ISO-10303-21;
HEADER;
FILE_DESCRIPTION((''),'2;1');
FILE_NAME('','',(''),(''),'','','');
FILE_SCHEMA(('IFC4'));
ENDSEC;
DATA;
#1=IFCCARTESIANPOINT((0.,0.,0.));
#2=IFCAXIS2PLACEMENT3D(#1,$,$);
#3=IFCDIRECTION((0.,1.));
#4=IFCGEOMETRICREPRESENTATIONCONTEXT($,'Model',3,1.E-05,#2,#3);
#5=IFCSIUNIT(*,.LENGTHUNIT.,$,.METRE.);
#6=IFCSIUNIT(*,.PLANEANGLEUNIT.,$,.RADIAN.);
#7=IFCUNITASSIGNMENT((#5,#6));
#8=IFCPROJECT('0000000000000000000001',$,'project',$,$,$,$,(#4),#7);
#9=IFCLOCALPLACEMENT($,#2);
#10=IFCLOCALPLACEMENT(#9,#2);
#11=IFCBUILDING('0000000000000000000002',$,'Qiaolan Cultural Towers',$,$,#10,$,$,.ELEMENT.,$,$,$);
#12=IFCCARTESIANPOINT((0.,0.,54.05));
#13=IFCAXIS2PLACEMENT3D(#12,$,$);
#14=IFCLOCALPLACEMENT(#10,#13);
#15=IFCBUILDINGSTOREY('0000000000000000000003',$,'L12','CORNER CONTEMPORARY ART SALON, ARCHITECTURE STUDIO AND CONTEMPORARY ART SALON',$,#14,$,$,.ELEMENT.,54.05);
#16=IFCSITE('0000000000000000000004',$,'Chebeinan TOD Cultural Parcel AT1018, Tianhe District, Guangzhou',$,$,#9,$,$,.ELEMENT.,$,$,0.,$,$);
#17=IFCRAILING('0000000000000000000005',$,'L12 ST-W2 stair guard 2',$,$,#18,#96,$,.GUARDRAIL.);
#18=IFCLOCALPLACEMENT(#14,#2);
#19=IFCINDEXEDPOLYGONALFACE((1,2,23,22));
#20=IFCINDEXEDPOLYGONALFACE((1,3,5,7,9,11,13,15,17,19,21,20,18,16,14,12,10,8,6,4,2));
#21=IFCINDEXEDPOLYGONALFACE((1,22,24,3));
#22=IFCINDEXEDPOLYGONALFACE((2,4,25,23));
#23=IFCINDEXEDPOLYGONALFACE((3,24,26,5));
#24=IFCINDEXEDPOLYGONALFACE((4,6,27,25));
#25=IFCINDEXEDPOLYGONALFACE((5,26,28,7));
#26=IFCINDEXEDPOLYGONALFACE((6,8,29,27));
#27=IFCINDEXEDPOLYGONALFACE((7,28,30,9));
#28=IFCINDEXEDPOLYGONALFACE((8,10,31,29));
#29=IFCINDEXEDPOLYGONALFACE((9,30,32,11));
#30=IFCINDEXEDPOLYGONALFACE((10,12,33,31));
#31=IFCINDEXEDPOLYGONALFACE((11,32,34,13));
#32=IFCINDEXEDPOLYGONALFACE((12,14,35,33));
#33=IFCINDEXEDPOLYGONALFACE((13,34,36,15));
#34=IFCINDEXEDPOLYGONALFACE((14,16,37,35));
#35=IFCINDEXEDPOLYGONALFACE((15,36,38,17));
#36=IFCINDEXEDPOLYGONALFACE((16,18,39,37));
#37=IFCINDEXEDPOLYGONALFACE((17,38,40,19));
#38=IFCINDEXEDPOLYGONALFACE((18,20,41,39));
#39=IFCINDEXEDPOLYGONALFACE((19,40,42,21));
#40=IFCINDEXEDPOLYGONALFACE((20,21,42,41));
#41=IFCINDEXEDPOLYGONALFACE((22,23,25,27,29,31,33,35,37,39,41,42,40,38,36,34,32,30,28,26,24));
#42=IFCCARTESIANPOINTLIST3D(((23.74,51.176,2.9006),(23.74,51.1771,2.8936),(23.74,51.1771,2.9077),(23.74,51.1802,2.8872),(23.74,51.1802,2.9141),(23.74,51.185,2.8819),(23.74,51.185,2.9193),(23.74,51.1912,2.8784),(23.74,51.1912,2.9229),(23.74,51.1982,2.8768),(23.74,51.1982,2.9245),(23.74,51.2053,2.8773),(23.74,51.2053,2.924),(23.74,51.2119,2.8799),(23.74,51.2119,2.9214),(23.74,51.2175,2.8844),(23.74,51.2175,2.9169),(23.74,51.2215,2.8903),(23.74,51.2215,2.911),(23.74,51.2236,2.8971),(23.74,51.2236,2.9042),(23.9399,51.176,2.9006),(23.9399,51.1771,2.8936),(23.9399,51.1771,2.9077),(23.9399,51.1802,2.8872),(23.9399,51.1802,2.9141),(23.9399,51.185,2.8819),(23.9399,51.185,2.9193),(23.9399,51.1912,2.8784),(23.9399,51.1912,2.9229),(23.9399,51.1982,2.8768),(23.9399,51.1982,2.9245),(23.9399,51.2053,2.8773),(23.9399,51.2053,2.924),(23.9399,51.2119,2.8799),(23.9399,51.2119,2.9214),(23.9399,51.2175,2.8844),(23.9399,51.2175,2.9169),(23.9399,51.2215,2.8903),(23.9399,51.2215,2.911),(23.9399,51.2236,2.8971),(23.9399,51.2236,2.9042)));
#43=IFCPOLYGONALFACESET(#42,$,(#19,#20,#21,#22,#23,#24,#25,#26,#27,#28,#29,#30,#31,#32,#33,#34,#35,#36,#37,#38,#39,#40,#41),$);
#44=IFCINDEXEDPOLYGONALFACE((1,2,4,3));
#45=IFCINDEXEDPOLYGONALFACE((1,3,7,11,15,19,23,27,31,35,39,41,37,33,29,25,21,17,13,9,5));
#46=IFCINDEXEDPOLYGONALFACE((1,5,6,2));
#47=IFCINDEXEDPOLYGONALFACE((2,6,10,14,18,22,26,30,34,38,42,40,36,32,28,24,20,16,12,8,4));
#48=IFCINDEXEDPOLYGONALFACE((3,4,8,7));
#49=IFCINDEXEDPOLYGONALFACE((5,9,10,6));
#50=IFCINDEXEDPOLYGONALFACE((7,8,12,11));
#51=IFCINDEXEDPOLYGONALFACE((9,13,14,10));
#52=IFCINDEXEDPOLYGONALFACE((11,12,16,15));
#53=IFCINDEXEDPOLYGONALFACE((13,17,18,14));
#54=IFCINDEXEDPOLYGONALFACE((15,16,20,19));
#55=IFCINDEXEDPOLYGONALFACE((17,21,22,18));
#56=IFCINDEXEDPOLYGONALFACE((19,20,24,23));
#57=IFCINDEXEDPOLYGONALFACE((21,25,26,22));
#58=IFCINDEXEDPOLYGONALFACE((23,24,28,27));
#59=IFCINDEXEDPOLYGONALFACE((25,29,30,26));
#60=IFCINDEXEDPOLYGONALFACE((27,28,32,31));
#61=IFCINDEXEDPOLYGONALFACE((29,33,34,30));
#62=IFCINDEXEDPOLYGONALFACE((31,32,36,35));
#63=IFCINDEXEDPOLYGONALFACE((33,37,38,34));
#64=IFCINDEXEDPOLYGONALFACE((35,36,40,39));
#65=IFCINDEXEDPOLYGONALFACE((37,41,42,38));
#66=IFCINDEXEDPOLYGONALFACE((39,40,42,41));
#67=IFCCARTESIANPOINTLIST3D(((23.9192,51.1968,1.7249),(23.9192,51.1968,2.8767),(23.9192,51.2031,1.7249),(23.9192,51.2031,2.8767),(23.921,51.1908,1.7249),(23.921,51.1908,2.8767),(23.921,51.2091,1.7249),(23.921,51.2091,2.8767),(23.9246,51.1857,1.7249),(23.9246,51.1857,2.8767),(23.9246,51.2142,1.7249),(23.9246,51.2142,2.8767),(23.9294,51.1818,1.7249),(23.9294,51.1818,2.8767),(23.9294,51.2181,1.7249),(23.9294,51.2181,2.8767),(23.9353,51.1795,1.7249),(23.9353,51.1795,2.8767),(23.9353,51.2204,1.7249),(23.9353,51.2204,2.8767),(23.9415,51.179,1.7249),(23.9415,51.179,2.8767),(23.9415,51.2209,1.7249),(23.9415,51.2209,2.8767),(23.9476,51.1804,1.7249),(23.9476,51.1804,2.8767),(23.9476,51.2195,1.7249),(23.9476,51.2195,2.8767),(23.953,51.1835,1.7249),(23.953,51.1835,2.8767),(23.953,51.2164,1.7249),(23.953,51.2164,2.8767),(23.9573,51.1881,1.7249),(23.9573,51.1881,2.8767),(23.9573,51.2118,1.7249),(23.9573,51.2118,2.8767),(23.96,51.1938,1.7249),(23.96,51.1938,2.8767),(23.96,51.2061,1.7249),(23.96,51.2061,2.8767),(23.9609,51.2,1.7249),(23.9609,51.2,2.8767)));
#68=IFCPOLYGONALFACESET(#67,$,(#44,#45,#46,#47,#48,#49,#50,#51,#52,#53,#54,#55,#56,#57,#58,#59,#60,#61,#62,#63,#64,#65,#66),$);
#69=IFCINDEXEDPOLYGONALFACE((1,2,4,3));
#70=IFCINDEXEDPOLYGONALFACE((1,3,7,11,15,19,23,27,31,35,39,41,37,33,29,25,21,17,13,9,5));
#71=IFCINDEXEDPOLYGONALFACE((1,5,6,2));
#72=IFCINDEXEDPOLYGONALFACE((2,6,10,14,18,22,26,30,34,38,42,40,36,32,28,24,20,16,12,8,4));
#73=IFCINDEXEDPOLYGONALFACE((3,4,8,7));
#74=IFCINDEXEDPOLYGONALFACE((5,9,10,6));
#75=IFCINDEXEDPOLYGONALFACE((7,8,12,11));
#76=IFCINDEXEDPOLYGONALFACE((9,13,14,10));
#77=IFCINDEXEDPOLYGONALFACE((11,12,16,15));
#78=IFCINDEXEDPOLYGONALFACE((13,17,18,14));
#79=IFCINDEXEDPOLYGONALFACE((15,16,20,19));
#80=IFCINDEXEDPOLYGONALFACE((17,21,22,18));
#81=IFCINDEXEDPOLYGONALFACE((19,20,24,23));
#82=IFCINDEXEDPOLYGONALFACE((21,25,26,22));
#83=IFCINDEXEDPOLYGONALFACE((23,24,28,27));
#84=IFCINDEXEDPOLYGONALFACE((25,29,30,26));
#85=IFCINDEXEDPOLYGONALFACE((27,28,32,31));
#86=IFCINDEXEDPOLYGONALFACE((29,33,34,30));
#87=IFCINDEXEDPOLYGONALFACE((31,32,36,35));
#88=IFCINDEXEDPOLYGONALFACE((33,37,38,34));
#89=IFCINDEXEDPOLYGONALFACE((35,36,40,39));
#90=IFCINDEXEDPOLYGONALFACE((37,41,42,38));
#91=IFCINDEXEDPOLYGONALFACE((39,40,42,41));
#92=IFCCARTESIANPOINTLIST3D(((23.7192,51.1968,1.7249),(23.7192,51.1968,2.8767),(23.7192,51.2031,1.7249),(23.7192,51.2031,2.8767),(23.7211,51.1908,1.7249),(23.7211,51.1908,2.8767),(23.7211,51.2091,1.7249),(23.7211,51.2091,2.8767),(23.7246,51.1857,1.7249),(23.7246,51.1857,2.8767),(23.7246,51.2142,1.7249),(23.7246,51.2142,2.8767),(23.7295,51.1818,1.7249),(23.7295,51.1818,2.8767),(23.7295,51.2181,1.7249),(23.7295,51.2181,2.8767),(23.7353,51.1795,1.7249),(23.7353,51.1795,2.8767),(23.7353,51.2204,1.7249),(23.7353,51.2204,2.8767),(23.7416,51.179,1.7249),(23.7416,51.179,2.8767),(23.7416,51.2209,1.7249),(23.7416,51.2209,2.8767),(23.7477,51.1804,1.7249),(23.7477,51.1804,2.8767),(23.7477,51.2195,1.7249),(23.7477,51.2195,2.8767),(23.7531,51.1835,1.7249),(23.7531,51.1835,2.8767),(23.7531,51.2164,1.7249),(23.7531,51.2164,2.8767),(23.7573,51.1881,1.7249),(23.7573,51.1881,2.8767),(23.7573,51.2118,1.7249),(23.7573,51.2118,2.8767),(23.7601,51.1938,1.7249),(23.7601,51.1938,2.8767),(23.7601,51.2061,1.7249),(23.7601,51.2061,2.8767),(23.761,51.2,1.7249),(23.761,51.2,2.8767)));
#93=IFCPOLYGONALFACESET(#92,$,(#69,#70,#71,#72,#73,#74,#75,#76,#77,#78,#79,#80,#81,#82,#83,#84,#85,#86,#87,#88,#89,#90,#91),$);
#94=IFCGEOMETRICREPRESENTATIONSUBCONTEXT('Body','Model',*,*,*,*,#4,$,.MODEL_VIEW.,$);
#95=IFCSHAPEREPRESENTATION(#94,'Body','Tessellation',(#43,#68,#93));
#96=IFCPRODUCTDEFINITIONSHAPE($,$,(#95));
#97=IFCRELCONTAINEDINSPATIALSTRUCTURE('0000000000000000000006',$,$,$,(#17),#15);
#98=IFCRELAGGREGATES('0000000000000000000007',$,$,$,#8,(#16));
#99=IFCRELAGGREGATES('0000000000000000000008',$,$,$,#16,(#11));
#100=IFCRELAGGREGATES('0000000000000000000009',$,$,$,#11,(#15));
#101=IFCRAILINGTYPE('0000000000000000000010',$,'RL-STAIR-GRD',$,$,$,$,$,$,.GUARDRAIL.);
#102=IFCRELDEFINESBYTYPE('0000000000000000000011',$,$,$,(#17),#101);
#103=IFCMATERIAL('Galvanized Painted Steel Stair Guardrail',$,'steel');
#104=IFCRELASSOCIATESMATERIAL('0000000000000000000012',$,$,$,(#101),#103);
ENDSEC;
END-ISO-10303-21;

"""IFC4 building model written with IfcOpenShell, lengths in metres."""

from ifc_helpers import new_model, si_unit, direction, frame, origin, origin_2d, place, context, subcontext, project, spatial, circle, extrude, material, type_object, element, save


model = new_model("IFC4")

# Units and contexts
model_context = context("Model", 3, precision=1e-05, world=origin(), true_north=direction((0.0, 1.0)))
body_context = subcontext(model_context, "Body", "Model", "MODEL_VIEW")
ifc_project = project(units=[si_unit("LENGTHUNIT", "METRE"), si_unit("PLANEANGLEUNIT", "RADIAN")], contexts=[model_context])

# Site, building, storey
site_placement = place(None, origin())
site = spatial("IfcSite", under=ifc_project, at=site_placement, Name="Chebeinan TOD Cultural Parcel AT1018, Tianhe District, Guangzhou", CompositionType="ELEMENT", RefElevation=0.0)
building_placement = place(site_placement, origin())
building = spatial("IfcBuilding", under=site, at=building_placement, Name="Qiaolan Cultural Towers", CompositionType="ELEMENT")
storey_placement = place(building_placement, frame((0.0, 0.0, 54.05)))
storey = spatial("IfcBuildingStorey", under=building, at=storey_placement, Name="L12", Description="CORNER CONTEMPORARY ART SALON, ARCHITECTURE STUDIO AND CONTEMPORARY ART SALON", CompositionType="ELEMENT", Elevation=54.05)

# Railing
ifc_material_1 = material(Name="Galvanized Painted Steel Stair Guardrail", Category="steel")
railing_type_1 = type_object("IfcRailingType", Name="RL-STAIR-GRD", PredefinedType="GUARDRAIL", material=ifc_material_1)
railing_1_placement = place(storey_placement, frame((23.9399, 51.2, 1.7249)))
element("IfcRailing", 1, at=railing_1_placement, inside=storey, type_object=railing_type_1, Name="L12 ST-W2 stair guard 2", PredefinedType="GUARDRAIL", context=body_context, shape_type="SweptSolid", body=[
    extrude(circle(Radius=0.0239, at=origin_2d()), frame((0.0, 0.0, 1.1758), z_axis=(-1.0, 0.0, 0.0), x_axis=(0.0, -1.0, 0.0)), (0.0, 0.0, 1.0), 0.2),
    extrude(circle(Radius=0.021, at=origin_2d()), origin(), (0.0, 0.0, 1.0), 1.1519),
    extrude(circle(Radius=0.021, at=origin_2d()), frame((-0.2, 0.0, 0.0)), (0.0, 0.0, 1.0), 1.1519),
])

save(model, "model.ifc")
